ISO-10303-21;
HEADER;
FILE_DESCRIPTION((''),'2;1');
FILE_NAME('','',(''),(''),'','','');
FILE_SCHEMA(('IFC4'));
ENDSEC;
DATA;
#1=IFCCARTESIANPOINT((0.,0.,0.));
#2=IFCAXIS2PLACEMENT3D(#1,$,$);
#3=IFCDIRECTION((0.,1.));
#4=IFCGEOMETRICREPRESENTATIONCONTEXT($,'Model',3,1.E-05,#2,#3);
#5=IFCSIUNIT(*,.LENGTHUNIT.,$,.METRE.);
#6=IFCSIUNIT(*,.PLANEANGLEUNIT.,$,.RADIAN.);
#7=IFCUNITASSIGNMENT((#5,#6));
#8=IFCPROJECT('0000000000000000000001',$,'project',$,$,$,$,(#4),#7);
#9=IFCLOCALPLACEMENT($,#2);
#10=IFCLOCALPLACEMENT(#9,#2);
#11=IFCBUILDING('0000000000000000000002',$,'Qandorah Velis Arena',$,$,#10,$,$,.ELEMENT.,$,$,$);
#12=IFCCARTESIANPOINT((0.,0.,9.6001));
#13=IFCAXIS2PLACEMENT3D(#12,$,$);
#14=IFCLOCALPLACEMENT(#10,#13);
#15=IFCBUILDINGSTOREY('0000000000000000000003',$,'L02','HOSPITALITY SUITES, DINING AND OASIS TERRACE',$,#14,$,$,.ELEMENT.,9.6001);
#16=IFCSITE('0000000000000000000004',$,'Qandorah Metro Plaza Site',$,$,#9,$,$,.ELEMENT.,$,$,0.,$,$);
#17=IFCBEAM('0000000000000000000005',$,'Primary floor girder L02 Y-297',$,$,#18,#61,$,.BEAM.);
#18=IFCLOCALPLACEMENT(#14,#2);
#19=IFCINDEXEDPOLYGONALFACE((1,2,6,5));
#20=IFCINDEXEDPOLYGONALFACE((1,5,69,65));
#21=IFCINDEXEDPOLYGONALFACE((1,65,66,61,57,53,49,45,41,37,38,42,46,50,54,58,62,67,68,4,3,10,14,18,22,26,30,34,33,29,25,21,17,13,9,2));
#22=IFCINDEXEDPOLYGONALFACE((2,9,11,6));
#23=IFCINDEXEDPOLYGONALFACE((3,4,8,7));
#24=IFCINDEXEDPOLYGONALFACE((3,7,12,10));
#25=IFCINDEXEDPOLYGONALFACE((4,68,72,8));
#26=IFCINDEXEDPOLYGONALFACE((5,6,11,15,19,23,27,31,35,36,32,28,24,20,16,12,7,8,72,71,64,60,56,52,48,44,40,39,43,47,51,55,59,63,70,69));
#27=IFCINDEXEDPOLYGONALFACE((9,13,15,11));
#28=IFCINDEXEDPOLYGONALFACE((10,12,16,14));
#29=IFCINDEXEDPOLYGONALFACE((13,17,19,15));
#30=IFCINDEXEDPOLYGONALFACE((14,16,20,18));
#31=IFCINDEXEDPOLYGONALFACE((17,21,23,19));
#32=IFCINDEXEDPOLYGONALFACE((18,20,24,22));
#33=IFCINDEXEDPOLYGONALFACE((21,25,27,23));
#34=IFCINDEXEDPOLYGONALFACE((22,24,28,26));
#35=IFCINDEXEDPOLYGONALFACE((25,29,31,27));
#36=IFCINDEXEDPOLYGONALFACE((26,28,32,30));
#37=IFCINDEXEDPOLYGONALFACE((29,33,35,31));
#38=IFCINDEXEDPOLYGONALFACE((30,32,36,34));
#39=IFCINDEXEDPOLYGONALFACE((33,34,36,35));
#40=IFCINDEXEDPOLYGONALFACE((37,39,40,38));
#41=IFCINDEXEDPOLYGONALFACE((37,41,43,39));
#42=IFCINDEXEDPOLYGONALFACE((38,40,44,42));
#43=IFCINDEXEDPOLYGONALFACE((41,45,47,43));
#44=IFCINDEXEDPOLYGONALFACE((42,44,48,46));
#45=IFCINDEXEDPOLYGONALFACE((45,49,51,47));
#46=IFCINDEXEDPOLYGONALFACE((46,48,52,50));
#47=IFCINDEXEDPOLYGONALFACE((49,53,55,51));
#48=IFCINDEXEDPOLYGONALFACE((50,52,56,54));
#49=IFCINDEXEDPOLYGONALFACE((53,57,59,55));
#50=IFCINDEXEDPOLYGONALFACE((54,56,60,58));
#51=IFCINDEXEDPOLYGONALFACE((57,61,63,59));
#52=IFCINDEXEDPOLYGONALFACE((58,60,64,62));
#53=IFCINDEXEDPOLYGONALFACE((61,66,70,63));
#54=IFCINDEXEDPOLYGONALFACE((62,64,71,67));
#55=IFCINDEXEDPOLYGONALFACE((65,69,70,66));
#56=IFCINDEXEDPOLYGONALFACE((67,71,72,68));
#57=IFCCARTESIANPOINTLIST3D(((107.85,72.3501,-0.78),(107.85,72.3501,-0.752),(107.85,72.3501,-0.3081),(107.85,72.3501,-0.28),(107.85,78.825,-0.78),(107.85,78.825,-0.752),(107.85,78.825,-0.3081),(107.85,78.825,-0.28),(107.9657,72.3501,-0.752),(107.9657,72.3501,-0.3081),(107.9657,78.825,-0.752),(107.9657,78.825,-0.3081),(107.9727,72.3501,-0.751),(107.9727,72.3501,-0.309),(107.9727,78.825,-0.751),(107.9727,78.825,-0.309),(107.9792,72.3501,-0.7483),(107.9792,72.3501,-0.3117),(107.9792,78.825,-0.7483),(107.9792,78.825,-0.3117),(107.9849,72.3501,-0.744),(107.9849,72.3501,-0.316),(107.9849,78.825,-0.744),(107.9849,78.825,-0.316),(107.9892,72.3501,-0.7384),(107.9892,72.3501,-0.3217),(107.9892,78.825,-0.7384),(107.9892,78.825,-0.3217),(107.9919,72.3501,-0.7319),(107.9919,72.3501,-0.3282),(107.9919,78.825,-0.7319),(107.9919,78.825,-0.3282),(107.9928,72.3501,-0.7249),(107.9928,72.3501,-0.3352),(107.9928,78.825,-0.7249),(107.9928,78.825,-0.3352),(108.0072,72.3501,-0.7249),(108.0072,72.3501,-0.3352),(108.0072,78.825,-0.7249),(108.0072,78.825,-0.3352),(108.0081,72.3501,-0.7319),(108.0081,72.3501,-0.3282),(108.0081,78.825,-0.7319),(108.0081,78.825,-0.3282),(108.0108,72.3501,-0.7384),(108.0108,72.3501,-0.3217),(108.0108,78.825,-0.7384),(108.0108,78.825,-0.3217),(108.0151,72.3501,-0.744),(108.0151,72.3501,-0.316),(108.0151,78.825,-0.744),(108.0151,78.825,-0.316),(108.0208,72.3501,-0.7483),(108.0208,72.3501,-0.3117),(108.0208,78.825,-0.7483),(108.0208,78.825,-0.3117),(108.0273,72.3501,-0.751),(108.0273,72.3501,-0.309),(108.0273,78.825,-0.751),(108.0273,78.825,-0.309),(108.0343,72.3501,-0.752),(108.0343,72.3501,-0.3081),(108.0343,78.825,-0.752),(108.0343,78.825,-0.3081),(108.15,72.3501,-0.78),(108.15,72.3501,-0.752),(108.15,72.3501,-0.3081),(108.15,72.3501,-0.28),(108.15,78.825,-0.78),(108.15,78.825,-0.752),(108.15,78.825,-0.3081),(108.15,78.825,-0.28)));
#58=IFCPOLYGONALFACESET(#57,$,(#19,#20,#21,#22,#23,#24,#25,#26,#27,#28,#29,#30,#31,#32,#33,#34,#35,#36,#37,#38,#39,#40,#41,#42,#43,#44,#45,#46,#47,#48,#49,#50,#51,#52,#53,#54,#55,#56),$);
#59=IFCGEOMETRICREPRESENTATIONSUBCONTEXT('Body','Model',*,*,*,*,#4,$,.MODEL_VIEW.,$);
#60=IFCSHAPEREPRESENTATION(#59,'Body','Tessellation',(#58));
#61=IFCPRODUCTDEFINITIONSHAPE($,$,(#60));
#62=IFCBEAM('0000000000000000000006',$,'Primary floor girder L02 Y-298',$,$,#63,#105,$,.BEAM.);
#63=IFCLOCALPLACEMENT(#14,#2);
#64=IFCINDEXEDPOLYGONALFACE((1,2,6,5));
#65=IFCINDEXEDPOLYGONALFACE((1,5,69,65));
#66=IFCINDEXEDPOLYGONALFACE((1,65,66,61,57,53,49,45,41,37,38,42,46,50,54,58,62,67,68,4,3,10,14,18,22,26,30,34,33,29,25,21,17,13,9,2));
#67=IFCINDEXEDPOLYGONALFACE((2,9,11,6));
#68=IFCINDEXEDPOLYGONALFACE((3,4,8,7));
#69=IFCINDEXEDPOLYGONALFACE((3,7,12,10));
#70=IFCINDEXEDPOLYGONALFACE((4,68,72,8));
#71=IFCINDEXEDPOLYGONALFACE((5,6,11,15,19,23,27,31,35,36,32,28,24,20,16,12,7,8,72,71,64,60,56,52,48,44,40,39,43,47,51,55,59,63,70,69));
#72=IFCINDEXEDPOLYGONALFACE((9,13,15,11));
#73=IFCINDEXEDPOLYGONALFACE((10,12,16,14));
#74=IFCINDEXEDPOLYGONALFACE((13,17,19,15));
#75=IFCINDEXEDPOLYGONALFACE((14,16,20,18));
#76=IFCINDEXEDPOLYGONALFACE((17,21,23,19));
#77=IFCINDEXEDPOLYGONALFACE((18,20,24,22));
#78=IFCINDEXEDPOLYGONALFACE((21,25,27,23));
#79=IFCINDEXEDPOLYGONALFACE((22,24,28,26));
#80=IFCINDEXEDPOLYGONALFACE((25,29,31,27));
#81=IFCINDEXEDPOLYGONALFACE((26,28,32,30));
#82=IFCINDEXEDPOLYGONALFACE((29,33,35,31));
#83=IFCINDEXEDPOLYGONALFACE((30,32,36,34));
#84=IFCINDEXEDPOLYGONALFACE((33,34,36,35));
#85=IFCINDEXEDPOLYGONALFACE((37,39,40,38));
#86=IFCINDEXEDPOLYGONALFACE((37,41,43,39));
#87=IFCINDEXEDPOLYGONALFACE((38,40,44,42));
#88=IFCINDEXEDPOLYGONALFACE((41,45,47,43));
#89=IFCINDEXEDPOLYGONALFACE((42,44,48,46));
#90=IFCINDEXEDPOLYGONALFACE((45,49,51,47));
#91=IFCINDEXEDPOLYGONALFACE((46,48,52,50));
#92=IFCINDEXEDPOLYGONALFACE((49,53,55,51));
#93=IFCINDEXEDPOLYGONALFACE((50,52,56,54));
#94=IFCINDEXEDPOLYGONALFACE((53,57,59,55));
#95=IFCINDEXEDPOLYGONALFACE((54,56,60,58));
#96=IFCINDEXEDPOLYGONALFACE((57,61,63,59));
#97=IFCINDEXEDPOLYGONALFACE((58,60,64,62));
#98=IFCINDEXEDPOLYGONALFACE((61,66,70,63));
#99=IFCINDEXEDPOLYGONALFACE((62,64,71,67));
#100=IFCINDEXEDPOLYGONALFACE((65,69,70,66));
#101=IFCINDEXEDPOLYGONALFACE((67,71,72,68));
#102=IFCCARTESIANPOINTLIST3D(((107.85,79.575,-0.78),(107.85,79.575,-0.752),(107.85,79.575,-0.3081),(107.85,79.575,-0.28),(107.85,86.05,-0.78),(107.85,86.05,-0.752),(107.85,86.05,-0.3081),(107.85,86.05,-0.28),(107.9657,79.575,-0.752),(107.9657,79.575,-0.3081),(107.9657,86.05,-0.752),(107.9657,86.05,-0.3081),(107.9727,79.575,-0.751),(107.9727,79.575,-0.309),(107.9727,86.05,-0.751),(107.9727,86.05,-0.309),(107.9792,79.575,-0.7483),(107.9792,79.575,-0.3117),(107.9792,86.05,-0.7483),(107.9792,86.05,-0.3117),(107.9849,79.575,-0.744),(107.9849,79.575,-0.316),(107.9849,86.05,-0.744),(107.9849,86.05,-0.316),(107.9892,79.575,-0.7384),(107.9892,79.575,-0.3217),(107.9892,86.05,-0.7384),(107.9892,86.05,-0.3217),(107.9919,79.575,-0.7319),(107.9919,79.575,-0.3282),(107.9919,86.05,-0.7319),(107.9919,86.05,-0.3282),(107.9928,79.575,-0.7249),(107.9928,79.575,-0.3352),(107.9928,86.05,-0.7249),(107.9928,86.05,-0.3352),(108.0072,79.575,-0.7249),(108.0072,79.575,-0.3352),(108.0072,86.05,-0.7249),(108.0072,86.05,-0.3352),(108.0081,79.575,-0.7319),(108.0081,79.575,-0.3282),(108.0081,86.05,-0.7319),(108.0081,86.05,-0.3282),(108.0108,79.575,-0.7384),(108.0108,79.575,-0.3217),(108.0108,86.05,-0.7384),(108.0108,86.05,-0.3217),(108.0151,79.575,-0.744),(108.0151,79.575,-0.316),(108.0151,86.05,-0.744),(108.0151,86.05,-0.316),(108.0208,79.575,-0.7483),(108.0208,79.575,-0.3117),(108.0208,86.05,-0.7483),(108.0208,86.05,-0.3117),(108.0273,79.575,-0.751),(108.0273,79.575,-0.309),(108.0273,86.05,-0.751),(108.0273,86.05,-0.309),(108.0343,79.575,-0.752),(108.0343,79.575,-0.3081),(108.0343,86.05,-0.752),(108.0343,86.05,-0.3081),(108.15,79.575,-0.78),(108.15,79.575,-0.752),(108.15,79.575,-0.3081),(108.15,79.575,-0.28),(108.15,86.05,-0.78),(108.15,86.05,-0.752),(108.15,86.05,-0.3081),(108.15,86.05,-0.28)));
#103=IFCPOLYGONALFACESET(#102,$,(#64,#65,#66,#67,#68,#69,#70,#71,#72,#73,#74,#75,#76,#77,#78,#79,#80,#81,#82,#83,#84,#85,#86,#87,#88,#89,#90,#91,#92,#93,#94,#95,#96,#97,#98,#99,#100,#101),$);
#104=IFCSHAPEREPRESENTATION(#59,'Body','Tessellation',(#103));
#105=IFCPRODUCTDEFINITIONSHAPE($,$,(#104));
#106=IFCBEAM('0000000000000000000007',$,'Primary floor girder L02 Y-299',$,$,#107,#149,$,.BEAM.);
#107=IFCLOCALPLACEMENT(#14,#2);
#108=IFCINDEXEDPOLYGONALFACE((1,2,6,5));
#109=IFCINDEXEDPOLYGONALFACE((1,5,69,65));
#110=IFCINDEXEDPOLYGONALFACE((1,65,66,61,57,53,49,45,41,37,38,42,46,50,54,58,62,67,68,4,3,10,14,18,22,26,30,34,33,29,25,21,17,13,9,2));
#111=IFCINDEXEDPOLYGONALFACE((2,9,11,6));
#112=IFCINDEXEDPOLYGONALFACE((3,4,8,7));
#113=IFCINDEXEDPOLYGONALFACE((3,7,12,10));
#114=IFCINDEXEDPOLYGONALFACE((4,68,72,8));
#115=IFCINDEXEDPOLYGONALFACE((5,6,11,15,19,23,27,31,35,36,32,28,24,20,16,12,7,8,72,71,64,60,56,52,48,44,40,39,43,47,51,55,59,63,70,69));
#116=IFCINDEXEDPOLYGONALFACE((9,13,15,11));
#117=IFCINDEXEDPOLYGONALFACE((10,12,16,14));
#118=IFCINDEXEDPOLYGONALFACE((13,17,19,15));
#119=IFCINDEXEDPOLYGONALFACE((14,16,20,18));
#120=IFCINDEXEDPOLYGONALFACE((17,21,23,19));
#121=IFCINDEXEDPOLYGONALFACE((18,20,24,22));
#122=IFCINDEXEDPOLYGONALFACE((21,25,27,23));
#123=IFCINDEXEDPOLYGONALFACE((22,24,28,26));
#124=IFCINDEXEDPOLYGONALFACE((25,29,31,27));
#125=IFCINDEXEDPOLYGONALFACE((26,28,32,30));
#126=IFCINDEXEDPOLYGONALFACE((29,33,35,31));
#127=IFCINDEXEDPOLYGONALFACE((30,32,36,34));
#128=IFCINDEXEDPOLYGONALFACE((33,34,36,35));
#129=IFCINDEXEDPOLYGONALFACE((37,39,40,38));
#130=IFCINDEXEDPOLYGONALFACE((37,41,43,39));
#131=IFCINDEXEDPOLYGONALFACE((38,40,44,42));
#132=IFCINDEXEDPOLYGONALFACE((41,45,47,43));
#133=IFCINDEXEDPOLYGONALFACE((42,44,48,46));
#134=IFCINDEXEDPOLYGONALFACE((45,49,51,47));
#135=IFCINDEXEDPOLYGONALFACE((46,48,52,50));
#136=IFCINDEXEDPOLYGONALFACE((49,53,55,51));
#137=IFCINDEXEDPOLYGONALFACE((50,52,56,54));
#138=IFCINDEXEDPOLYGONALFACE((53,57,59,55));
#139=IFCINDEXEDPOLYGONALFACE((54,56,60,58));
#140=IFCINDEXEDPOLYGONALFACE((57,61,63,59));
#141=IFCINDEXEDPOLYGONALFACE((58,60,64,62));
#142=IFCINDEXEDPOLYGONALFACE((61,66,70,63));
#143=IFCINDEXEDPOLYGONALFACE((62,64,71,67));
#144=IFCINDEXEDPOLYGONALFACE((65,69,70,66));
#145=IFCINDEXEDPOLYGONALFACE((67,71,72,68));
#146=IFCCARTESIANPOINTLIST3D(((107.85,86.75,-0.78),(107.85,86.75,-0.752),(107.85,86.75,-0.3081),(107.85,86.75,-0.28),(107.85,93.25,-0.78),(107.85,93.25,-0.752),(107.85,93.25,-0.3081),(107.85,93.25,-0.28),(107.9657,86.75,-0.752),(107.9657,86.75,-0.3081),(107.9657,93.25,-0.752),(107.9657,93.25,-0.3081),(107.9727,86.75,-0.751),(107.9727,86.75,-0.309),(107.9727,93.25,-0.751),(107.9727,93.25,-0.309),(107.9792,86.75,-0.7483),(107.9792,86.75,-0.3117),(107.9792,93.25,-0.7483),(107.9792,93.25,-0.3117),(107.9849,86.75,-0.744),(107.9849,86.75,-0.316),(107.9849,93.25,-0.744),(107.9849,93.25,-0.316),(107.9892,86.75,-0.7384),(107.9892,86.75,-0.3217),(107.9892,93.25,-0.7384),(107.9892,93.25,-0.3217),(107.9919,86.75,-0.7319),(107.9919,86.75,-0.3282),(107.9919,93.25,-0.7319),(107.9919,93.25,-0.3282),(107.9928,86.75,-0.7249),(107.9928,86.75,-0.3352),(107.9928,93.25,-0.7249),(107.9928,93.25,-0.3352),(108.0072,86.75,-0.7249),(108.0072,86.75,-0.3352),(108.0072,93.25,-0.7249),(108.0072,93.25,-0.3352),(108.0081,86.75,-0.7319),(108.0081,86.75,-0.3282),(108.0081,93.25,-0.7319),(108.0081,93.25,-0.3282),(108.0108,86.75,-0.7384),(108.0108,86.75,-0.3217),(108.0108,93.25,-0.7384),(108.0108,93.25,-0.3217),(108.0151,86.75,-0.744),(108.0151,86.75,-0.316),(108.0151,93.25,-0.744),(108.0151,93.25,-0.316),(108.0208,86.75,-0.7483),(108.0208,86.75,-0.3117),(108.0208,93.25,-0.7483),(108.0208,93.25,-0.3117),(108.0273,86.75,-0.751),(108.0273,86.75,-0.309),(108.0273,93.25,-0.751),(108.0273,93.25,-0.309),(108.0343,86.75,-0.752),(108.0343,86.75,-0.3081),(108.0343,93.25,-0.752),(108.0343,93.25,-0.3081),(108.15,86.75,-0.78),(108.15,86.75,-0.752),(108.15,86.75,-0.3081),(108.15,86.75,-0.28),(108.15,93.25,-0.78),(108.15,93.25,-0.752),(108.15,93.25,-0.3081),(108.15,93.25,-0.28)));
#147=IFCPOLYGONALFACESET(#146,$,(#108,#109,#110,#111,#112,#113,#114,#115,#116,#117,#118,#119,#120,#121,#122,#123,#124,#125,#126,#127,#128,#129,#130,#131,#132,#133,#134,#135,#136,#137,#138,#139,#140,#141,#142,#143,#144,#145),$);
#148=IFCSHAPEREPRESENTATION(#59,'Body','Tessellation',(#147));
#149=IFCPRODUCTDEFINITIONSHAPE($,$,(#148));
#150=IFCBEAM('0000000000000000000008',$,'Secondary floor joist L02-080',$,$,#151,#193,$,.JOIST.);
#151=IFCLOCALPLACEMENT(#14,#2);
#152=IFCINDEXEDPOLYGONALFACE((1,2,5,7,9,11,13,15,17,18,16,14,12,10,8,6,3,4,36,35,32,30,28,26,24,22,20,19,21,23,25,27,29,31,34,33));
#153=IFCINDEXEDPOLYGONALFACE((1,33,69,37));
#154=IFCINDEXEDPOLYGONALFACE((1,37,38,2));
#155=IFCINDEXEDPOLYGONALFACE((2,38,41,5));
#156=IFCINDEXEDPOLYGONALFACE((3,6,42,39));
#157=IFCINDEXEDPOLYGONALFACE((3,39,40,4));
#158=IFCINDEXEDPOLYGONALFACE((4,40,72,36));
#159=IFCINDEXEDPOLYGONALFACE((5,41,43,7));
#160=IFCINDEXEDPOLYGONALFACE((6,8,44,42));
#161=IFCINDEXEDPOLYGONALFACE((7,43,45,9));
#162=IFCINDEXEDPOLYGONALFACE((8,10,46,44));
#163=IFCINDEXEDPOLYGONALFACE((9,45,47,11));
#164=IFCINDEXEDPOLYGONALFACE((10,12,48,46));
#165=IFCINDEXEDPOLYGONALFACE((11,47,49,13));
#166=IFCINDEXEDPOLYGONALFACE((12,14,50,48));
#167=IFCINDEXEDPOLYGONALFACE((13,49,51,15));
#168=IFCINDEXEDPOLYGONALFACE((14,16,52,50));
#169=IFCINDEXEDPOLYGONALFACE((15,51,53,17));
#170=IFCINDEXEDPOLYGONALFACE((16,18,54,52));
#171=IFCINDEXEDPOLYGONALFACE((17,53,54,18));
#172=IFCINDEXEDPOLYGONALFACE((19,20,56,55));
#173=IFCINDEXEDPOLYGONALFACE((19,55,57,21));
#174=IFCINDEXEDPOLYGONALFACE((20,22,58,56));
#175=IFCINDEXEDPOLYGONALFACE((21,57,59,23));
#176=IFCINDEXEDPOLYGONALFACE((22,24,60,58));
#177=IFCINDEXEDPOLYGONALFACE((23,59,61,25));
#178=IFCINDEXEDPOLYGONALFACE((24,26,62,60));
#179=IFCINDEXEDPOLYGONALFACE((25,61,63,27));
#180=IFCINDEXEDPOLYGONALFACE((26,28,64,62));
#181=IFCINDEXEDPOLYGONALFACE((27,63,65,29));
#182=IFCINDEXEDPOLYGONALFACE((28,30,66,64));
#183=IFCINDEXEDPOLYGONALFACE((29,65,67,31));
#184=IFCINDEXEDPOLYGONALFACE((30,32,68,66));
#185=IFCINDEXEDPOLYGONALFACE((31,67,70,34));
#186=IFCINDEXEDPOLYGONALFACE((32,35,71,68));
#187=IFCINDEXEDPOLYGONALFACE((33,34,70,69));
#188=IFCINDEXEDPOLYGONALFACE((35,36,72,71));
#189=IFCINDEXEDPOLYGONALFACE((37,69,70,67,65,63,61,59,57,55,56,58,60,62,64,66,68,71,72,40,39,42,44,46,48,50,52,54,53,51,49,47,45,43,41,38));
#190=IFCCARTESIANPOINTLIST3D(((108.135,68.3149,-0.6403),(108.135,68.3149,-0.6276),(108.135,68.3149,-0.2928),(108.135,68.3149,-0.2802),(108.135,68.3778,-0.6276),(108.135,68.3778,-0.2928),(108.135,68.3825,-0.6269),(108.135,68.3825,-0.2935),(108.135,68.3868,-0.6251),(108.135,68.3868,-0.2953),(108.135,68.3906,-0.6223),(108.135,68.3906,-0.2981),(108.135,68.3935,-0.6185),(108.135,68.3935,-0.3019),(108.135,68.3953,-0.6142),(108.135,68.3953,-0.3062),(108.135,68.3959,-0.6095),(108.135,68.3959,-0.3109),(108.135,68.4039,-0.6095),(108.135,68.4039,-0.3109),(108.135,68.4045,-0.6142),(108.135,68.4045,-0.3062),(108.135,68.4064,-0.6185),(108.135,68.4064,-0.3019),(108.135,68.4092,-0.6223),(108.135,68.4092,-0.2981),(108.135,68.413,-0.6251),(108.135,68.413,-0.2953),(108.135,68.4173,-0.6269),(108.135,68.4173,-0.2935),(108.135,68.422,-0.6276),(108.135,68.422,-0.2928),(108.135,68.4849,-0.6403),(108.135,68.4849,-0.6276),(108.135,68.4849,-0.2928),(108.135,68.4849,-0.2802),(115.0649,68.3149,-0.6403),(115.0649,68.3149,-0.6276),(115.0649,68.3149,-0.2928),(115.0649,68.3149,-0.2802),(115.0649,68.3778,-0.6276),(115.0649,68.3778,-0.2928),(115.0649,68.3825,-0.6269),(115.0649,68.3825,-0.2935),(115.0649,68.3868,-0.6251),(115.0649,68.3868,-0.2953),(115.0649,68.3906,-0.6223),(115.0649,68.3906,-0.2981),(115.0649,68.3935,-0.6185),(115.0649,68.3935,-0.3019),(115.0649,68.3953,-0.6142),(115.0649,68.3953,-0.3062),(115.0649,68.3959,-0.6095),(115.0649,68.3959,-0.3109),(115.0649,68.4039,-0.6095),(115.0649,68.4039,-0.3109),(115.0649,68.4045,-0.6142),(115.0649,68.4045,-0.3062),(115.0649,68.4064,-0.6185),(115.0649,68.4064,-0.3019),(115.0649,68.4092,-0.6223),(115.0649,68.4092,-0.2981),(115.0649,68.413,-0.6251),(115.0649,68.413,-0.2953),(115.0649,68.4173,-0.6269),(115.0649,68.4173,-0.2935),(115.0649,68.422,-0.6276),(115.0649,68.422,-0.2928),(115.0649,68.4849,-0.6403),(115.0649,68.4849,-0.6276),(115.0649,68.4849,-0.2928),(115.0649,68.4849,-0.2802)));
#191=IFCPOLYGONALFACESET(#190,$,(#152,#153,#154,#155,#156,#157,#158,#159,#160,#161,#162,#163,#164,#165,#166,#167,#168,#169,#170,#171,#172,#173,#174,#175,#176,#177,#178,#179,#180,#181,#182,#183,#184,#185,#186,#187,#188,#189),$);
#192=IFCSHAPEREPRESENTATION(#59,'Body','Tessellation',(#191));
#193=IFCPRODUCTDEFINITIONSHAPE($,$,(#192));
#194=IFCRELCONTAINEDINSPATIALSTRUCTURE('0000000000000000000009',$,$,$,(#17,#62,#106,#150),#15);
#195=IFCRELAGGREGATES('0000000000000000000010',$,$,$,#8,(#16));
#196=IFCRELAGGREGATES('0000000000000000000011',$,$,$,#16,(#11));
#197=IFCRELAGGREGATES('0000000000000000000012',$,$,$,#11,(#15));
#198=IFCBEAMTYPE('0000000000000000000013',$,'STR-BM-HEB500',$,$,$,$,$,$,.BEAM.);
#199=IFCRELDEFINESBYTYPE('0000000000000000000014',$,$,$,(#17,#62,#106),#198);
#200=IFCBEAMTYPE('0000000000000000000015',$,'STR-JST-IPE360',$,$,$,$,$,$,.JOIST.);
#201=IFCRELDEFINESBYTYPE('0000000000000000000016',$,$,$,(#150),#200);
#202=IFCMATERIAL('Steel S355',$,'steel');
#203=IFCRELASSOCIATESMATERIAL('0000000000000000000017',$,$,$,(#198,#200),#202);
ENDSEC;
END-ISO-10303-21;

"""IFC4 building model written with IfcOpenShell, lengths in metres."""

from ifc_helpers import new_model, si_unit, direction, frame, origin, origin_2d, place, context, subcontext, project, spatial, i_section, extrude, material, material_profile, profile_set, type_object, element, save


model = new_model("IFC4")

# Units and contexts
model_context = context("Model", 3, precision=1e-05, world=origin(), true_north=direction((0.0, 1.0)))
body_context = subcontext(model_context, "Body", "Model", "MODEL_VIEW")
ifc_project = project(units=[si_unit("LENGTHUNIT", "METRE"), si_unit("PLANEANGLEUNIT", "RADIAN")], contexts=[model_context])

# Site, building, storey
site_placement = place(None, origin())
site = spatial("IfcSite", under=ifc_project, at=site_placement, Name="Qandorah Metro Plaza Site", CompositionType="ELEMENT", RefElevation=0.0)
building_placement = place(site_placement, origin())
building = spatial("IfcBuilding", under=site, at=building_placement, Name="Qandorah Velis Arena", CompositionType="ELEMENT")
storey_placement = place(building_placement, frame((0.0, 0.0, 9.6001)))
storey = spatial("IfcBuildingStorey", under=building, at=storey_placement, Name="L02", Description="HOSPITALITY SUITES, DINING AND OASIS TERRACE", CompositionType="ELEMENT", Elevation=9.6001)

# Shared definitions
ifc_material_1 = material(Name="Steel S355", Category="steel")

# Beams
ifc_material_profile_1 = material_profile(ifc_material_1, i_section(OverallWidth=0.3, OverallDepth=0.5, WebThickness=0.0144, FlangeThickness=0.0281, FilletRadius=0.0271, at=origin_2d()), Name="HEB 500")
ifc_profile_set_1 = profile_set([ifc_material_profile_1], Name="Steel S355")
beam_type_1 = type_object("IfcBeamType", Name="STR-BM-HEB500", PredefinedType="BEAM", material=ifc_profile_set_1)
beam_1_placement = place(storey_placement, frame((108.0, 72.3501, -0.53), z_axis=(0.0, 1.0, 0.0), x_axis=(-1.0, 0.0, 0.0)))
element("IfcBeam", 1, at=beam_1_placement, inside=storey, type_object=beam_type_1, Name="Primary floor girder L02 Y-297", PredefinedType="BEAM", context=body_context, shape_type="SweptSolid", body=[
    extrude(i_section(OverallWidth=0.3, OverallDepth=0.5, WebThickness=0.0144, FlangeThickness=0.0281, FilletRadius=0.0271, at=origin_2d()), origin(), (0.0, 0.0, 1.0), 6.4749),
])
beam_2_placement = place(storey_placement, frame((108.0, 79.575, -0.53), z_axis=(0.0, 1.0, 0.0), x_axis=(-1.0, 0.0, 0.0)))
element("IfcBeam", 2, at=beam_2_placement, inside=storey, type_object=beam_type_1, Name="Primary floor girder L02 Y-298", PredefinedType="BEAM", context=body_context, shape_type="SweptSolid", body=[
    extrude(i_section(OverallWidth=0.3, OverallDepth=0.5, WebThickness=0.0144, FlangeThickness=0.0281, FilletRadius=0.0271, at=origin_2d()), origin(), (0.0, 0.0, 1.0), 6.4751),
])
beam_3_placement = place(storey_placement, frame((108.0, 86.75, -0.53), z_axis=(0.0, 1.0, 0.0), x_axis=(-1.0, 0.0, 0.0)))
element("IfcBeam", 3, at=beam_3_placement, inside=storey, type_object=beam_type_1, Name="Primary floor girder L02 Y-299", PredefinedType="BEAM", context=body_context, shape_type="SweptSolid", body=[
    extrude(i_section(OverallWidth=0.3, OverallDepth=0.5, WebThickness=0.0144, FlangeThickness=0.0281, FilletRadius=0.0271, at=origin_2d()), origin(), (0.0, 0.0, 1.0), 6.5),
])
ifc_material_profile_2 = material_profile(ifc_material_1, i_section(OverallWidth=0.1699, OverallDepth=0.3601, WebThickness=0.0081, FlangeThickness=0.0127, FilletRadius=0.0181, at=origin_2d()), Name="IPE 360")
ifc_profile_set_2 = profile_set([ifc_material_profile_2], Name="Steel S355")
beam_type_2 = type_object("IfcBeamType", Name="STR-JST-IPE360", PredefinedType="JOIST", material=ifc_profile_set_2)
for number, where, z_axis, x_axis, name in (
    (4, (108.135, 68.3999, -0.4602), (1.0, 0.0, 0.0), (0.0, 1.0, 0.0), "Secondary floor joist L02-080"),
):
    element("IfcBeam", number, at=place(storey_placement, frame(where, z_axis=z_axis, x_axis=x_axis)), inside=storey, type_object=beam_type_2, Name=name, PredefinedType="JOIST", context=body_context, shape_type="SweptSolid", body=[
        extrude(i_section(OverallWidth=0.1699, OverallDepth=0.3601, WebThickness=0.0081, FlangeThickness=0.0127, FilletRadius=0.0181, at=origin_2d()), origin(), (0.0, 0.0, 1.0), 6.9299),
    ])

save(model, "model.ifc")
